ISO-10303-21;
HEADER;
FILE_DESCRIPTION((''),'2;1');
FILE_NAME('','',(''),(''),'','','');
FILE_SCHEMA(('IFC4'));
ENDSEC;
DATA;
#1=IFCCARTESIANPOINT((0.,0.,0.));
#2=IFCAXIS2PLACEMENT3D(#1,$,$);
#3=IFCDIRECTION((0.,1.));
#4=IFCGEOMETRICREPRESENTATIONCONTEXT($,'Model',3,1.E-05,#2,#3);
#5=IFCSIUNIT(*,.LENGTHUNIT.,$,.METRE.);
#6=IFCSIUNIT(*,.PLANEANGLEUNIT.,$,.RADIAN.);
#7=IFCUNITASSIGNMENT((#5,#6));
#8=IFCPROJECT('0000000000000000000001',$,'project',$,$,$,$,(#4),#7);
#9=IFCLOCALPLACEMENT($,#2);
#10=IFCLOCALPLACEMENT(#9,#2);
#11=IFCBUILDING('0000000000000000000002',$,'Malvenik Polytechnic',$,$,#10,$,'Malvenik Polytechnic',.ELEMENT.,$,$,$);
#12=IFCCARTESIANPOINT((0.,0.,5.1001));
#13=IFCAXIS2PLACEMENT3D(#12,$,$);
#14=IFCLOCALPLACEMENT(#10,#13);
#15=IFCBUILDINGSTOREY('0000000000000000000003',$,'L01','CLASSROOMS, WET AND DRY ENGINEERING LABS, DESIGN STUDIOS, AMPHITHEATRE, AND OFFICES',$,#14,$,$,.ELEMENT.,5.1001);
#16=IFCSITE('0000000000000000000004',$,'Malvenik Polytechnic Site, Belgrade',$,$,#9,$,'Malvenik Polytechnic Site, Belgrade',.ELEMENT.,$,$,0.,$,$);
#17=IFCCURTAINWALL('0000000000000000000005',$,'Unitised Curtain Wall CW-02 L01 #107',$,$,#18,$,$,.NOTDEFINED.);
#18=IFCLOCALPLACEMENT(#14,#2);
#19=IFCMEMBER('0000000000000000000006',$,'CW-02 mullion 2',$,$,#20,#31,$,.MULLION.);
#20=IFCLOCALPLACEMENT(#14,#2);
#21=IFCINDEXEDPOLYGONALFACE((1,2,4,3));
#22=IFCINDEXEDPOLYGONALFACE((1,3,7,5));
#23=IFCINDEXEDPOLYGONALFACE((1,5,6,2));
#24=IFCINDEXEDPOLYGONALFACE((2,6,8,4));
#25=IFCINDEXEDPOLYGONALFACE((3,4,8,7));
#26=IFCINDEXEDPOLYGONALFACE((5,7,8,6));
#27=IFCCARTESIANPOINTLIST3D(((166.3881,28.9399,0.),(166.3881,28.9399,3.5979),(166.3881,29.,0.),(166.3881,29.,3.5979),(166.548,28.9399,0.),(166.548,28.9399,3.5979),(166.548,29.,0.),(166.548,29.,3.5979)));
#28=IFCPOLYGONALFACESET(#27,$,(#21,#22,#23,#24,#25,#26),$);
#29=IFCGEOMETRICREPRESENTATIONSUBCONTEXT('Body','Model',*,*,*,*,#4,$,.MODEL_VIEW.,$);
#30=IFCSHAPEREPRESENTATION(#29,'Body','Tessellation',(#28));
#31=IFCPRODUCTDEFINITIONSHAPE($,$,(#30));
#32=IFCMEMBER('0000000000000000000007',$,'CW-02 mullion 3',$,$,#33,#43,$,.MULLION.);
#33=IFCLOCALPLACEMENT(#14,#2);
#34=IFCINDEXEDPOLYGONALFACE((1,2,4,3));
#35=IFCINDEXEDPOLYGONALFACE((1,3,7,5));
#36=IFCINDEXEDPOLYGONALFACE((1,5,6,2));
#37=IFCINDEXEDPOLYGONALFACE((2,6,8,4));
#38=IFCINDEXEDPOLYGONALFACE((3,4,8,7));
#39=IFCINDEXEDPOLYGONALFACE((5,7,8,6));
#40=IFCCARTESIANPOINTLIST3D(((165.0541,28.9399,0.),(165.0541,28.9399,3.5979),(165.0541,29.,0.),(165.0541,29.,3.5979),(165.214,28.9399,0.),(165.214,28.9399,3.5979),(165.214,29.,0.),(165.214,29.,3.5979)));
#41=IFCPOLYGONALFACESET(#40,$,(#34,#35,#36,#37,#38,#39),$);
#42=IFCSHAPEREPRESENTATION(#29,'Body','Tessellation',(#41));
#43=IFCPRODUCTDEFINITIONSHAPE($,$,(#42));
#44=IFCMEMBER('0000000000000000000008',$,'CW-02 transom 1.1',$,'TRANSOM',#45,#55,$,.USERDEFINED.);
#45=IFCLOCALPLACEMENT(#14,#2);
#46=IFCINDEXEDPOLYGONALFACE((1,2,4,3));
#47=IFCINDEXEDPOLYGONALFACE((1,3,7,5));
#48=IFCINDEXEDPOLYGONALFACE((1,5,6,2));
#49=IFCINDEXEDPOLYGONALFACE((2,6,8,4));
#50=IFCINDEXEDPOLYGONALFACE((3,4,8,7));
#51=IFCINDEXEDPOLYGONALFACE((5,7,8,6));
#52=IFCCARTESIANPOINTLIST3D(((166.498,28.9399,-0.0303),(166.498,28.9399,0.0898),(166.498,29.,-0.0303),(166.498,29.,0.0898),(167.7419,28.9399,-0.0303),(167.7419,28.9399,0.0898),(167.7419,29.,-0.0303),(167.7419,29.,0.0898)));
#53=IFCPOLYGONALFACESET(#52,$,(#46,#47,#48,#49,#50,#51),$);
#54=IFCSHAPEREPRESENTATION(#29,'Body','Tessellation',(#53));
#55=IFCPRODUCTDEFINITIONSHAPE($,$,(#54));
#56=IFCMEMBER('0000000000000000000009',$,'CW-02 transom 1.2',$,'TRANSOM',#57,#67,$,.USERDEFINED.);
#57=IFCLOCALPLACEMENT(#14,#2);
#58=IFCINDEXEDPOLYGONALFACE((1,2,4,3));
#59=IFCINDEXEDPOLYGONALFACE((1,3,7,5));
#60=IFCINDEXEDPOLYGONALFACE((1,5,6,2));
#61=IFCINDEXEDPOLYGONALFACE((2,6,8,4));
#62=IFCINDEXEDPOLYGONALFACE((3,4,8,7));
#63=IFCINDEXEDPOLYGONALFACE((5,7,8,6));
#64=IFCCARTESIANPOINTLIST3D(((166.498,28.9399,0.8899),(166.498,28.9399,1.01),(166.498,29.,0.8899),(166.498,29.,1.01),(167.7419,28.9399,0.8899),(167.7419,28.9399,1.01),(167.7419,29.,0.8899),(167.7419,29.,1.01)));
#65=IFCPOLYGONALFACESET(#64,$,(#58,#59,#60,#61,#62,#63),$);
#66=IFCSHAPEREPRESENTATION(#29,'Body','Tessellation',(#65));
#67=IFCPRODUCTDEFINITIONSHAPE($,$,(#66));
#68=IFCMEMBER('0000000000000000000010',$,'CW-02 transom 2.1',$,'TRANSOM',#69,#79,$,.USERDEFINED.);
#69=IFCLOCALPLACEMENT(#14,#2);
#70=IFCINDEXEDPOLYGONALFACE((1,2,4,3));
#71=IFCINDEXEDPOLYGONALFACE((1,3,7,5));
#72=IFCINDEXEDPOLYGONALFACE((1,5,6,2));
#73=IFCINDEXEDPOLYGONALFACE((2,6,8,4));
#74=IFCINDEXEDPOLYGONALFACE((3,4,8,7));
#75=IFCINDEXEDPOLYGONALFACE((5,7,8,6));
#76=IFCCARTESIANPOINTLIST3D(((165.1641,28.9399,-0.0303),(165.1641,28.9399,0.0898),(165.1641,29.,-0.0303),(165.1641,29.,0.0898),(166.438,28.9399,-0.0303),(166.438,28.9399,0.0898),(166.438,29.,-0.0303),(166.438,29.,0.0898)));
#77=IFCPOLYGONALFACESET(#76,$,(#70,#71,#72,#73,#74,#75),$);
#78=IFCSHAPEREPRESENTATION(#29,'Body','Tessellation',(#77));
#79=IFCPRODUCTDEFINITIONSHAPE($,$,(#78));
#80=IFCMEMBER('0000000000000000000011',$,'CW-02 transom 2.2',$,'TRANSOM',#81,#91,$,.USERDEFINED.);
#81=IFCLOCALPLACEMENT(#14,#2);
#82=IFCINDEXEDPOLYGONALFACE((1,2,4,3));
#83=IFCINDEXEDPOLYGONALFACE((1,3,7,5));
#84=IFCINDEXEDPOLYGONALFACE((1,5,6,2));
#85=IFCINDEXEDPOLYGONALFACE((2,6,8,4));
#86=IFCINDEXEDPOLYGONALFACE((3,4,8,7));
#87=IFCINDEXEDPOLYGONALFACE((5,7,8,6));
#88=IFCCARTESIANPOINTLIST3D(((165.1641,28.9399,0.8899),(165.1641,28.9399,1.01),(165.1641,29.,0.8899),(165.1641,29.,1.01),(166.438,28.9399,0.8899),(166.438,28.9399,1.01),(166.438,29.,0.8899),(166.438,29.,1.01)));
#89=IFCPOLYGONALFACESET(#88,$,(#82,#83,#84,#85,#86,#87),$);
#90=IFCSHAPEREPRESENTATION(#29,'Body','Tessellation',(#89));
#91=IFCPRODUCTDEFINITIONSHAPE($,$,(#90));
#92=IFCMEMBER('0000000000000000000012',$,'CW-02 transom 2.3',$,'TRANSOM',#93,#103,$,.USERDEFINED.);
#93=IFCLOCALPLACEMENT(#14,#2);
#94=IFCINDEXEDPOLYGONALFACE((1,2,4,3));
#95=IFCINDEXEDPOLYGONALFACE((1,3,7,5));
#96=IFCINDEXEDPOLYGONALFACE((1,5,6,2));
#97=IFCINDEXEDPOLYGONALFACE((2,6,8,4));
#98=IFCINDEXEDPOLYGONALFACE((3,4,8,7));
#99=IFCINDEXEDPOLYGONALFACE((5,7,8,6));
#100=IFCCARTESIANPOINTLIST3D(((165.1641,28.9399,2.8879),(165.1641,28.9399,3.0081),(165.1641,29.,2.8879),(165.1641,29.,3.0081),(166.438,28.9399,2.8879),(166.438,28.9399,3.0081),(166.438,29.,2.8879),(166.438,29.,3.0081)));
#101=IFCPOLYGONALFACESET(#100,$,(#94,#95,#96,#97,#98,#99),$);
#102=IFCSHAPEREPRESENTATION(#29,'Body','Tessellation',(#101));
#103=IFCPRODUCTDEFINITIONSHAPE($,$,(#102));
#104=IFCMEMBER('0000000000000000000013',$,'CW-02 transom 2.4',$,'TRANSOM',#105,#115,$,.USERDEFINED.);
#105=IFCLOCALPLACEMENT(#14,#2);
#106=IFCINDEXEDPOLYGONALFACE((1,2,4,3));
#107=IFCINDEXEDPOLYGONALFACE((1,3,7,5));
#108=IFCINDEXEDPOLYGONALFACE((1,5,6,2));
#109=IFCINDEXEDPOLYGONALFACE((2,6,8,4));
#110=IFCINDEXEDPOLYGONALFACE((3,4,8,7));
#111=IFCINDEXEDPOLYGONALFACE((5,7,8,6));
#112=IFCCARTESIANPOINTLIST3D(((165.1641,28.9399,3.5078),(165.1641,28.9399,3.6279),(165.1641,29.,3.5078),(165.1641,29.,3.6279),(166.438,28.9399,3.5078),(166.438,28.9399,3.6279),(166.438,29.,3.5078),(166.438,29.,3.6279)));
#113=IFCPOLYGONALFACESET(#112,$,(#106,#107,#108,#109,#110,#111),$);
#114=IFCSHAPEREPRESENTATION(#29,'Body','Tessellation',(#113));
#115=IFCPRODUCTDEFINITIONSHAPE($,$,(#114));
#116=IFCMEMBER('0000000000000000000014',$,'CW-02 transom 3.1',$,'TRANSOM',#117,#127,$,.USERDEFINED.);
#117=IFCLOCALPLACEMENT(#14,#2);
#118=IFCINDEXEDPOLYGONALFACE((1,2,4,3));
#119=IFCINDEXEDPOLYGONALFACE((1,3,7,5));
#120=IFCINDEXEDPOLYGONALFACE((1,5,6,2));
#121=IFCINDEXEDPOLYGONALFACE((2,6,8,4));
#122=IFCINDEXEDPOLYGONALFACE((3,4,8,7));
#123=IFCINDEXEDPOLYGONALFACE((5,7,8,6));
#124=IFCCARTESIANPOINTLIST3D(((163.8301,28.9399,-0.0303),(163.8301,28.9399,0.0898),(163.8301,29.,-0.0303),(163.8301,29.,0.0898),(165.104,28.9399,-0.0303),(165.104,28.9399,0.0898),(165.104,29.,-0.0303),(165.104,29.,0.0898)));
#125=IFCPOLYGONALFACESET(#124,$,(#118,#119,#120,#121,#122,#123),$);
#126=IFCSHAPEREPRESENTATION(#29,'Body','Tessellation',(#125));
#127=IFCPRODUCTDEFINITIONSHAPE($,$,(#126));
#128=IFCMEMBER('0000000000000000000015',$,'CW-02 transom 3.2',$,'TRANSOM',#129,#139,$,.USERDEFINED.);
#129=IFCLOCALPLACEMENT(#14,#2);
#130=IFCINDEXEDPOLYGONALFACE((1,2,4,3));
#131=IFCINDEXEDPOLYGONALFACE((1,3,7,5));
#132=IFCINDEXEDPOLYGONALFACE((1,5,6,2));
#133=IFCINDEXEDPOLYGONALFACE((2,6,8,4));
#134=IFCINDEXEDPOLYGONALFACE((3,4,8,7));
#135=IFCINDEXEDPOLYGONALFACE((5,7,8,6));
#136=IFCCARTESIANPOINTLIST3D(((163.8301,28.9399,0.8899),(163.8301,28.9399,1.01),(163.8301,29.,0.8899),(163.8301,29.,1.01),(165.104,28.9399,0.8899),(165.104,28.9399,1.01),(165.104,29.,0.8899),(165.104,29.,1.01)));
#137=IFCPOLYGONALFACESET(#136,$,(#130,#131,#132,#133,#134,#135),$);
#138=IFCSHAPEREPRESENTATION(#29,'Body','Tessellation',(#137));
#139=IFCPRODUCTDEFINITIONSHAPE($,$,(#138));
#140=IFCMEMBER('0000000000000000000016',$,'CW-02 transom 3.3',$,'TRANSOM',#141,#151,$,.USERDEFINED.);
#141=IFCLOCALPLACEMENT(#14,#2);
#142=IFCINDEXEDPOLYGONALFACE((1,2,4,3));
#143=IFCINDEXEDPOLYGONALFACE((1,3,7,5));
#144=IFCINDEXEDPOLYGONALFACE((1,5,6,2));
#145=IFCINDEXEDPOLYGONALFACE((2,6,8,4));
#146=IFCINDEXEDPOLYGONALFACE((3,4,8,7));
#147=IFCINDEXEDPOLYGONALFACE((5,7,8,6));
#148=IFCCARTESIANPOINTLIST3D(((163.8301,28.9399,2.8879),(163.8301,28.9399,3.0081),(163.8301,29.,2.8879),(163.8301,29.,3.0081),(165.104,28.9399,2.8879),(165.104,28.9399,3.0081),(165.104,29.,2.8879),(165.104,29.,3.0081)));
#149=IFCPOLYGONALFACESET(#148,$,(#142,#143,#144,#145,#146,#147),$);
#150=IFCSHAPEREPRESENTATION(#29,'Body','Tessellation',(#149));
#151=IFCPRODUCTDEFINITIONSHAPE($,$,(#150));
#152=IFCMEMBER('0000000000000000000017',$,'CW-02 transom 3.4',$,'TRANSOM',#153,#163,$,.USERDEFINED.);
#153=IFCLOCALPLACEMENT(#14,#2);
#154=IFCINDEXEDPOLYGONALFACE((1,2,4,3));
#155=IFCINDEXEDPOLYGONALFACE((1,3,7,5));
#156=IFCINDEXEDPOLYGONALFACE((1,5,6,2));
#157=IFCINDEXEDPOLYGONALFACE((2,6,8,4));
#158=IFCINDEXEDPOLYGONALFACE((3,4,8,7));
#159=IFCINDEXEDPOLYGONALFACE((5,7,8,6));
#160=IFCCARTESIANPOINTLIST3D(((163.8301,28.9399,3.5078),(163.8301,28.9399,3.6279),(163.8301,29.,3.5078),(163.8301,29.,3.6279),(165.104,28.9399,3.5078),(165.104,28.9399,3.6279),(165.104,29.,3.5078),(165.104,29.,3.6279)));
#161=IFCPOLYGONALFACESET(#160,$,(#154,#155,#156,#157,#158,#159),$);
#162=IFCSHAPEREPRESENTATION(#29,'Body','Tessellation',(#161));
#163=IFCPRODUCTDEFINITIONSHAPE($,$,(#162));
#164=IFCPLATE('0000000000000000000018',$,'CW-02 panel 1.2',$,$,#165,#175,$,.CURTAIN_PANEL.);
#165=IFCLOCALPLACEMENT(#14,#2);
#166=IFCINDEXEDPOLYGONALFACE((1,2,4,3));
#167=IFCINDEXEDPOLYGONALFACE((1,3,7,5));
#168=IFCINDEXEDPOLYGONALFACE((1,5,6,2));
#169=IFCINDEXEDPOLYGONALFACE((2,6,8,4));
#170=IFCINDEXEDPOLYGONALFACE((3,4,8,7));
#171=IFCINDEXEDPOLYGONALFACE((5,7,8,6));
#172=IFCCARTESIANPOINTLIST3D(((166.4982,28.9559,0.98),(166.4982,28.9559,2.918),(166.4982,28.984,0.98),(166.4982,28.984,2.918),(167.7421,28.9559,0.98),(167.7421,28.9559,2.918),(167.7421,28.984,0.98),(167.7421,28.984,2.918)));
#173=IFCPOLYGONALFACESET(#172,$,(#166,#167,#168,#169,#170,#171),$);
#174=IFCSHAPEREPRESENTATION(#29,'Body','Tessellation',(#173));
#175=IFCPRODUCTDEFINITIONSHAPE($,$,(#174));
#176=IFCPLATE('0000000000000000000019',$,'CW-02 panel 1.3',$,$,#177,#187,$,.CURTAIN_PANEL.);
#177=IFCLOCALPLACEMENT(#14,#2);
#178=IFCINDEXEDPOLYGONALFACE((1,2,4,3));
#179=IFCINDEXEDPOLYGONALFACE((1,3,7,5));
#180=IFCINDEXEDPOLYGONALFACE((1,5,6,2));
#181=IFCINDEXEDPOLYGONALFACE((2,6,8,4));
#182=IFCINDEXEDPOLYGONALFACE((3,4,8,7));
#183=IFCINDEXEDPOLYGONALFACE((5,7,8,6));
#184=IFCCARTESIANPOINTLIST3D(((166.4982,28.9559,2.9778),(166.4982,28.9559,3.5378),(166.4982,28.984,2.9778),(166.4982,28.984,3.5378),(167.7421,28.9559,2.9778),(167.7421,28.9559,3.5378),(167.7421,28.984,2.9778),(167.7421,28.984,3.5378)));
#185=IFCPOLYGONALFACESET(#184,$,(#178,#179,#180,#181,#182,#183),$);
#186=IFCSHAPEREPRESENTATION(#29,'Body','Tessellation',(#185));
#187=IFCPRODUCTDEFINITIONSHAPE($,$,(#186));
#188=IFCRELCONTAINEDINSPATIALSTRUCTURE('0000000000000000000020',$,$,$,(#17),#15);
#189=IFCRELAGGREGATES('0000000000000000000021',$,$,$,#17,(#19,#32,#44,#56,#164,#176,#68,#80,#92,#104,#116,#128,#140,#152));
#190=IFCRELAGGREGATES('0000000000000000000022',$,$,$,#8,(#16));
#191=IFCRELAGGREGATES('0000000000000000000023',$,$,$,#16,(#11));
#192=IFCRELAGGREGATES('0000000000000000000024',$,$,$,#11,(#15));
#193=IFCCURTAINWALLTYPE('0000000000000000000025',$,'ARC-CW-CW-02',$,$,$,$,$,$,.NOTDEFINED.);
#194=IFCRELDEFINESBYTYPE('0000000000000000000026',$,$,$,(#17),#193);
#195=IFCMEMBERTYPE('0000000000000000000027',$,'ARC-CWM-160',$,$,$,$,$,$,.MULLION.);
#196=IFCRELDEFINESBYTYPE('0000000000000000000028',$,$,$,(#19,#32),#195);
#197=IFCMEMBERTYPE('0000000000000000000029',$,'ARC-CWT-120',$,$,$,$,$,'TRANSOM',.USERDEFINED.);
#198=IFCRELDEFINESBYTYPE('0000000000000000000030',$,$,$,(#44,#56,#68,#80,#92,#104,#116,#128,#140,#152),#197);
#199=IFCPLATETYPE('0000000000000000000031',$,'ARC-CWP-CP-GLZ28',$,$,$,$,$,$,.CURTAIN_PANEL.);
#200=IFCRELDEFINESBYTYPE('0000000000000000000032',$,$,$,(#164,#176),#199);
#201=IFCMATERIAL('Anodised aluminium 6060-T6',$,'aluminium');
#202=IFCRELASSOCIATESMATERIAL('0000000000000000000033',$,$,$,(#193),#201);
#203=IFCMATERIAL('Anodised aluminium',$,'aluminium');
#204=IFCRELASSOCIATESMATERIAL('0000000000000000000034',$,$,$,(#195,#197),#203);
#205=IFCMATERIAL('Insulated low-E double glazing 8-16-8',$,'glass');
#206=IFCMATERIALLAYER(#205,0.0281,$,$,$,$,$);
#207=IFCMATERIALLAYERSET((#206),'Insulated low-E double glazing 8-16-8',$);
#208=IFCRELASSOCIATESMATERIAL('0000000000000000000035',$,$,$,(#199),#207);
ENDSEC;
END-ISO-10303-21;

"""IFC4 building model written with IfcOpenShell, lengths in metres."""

from ifc_helpers import new_model, si_unit, direction, frame, origin, origin_2d, place, context, subcontext, project, spatial, rectangle, extrude, material, layer, layer_set, material_profile, profile_set, type_object, element, aggregate, save


model = new_model("IFC4")

# Units and contexts
model_context = context("Model", 3, precision=1e-05, world=origin(), true_north=direction((0.0, 1.0)))
body_context = subcontext(model_context, "Body", "Model", "MODEL_VIEW")
ifc_project = project(units=[si_unit("LENGTHUNIT", "METRE"), si_unit("PLANEANGLEUNIT", "RADIAN")], contexts=[model_context])

# Site, building, storey
site_placement = place(None, origin())
site = spatial("IfcSite", under=ifc_project, at=site_placement, Name="Malvenik Polytechnic Site, Belgrade", LongName="Malvenik Polytechnic Site, Belgrade", CompositionType="ELEMENT", RefElevation=0.0)
building_placement = place(site_placement, origin())
building = spatial("IfcBuilding", under=site, at=building_placement, Name="Malvenik Polytechnic", LongName="Malvenik Polytechnic", CompositionType="ELEMENT")
storey_placement = place(building_placement, frame((0.0, 0.0, 5.1001)))
storey = spatial("IfcBuildingStorey", under=building, at=storey_placement, Name="L01", Description="CLASSROOMS, WET AND DRY ENGINEERING LABS, DESIGN STUDIOS, AMPHITHEATRE, AND OFFICES", CompositionType="ELEMENT", Elevation=5.1001)

# Curtain wall, members, plates
ifc_material_1 = material(Name="Anodised aluminium 6060-T6", Category="aluminium")
curtain_wall_type = type_object("IfcCurtainWallType", Name="ARC-CW-CW-02", PredefinedType="NOTDEFINED", material=ifc_material_1)
curtain_wall_placement = place(storey_placement, origin())
curtain_wall = element("IfcCurtainWall", 1, at=curtain_wall_placement, inside=storey, type_object=curtain_wall_type, Name="Unitised Curtain Wall CW-02 L01 #107", PredefinedType="NOTDEFINED")
ifc_material_2 = material(Name="Anodised aluminium", Category="aluminium")
ifc_material_profile_1 = material_profile(ifc_material_2, rectangle(XDim=0.0601, YDim=0.1599, at=origin_2d()), Name="ALU MULLION 60x160")
ifc_profile_set_1 = profile_set([ifc_material_profile_1], Name="Anodised aluminium")
member_type_1 = type_object("IfcMemberType", Name="ARC-CWM-160", PredefinedType="MULLION", material=ifc_profile_set_1)
member_1_placement = place(storey_placement, frame((166.468, 28.97, 0.0), z_axis=(0.0, 0.0, 1.0), x_axis=(0.0, -1.0, 0.0)))
member_1 = element("IfcMember", 2, at=member_1_placement, type_object=member_type_1, Name="CW-02 mullion 2", PredefinedType="MULLION", context=body_context, shape_type="SweptSolid", body=[
    extrude(rectangle(XDim=0.0601, YDim=0.1599, at=origin_2d()), origin(), (0.0, 0.0, 1.0), 3.5979),
])
member_2_placement = place(storey_placement, frame((165.134, 28.97, 0.0), z_axis=(0.0, 0.0, 1.0), x_axis=(0.0, -1.0, 0.0)))
member_2 = element("IfcMember", 3, at=member_2_placement, type_object=member_type_1, Name="CW-02 mullion 3", PredefinedType="MULLION", context=body_context, shape_type="SweptSolid", body=[
    extrude(rectangle(XDim=0.0601, YDim=0.1599, at=origin_2d()), origin(), (0.0, 0.0, 1.0), 3.5979),
])
ifc_material_profile_2 = material_profile(ifc_material_2, rectangle(XDim=0.0601, YDim=0.1201, at=origin_2d()), Name="ALU TRANSOM 60x120")
ifc_profile_set_2 = profile_set([ifc_material_profile_2], Name="Anodised aluminium")
member_type_2 = type_object("IfcMemberType", Name="ARC-CWT-120", ElementType="TRANSOM", PredefinedType="USERDEFINED", material=ifc_profile_set_2)
member_3_placement = place(storey_placement, frame((167.7419, 28.97, 0.0298), z_axis=(-1.0, 0.0, 0.0), x_axis=(0.0, -1.0, 0.0)))
member_3 = element("IfcMember", 4, at=member_3_placement, type_object=member_type_2, Name="CW-02 transom 1.1", ObjectType="TRANSOM", PredefinedType="USERDEFINED", context=body_context, shape_type="SweptSolid", body=[
    extrude(rectangle(XDim=0.0601, YDim=0.1201, at=origin_2d()), origin(), (0.0, 0.0, 1.0), 1.2439),
])
member_4_placement = place(storey_placement, frame((167.7419, 28.97, 0.95), z_axis=(-1.0, 0.0, 0.0), x_axis=(0.0, -1.0, 0.0)))
member_4 = element("IfcMember", 5, at=member_4_placement, type_object=member_type_2, Name="CW-02 transom 1.2", ObjectType="TRANSOM", PredefinedType="USERDEFINED", context=body_context, shape_type="SweptSolid", body=[
    extrude(rectangle(XDim=0.0601, YDim=0.1201, at=origin_2d()), origin(), (0.0, 0.0, 1.0), 1.2439),
])
member_5_placement = place(storey_placement, frame((166.438, 28.97, 0.0298), z_axis=(-1.0, 0.0, 0.0), x_axis=(0.0, -1.0, 0.0)))
member_5 = element("IfcMember", 6, at=member_5_placement, type_object=member_type_2, Name="CW-02 transom 2.1", ObjectType="TRANSOM", PredefinedType="USERDEFINED", context=body_context, shape_type="SweptSolid", body=[
    extrude(rectangle(XDim=0.0601, YDim=0.1201, at=origin_2d()), origin(), (0.0, 0.0, 1.0), 1.2739),
])
member_6_placement = place(storey_placement, frame((166.438, 28.97, 0.95), z_axis=(-1.0, 0.0, 0.0), x_axis=(0.0, -1.0, 0.0)))
member_6 = element("IfcMember", 7, at=member_6_placement, type_object=member_type_2, Name="CW-02 transom 2.2", ObjectType="TRANSOM", PredefinedType="USERDEFINED", context=body_context, shape_type="SweptSolid", body=[
    extrude(rectangle(XDim=0.0601, YDim=0.1201, at=origin_2d()), origin(), (0.0, 0.0, 1.0), 1.2739),
])
member_7_placement = place(storey_placement, frame((166.438, 28.97, 2.948), z_axis=(-1.0, 0.0, 0.0), x_axis=(0.0, -1.0, 0.0)))
member_7 = element("IfcMember", 8, at=member_7_placement, type_object=member_type_2, Name="CW-02 transom 2.3", ObjectType="TRANSOM", PredefinedType="USERDEFINED", context=body_context, shape_type="SweptSolid", body=[
    extrude(rectangle(XDim=0.0601, YDim=0.1201, at=origin_2d()), origin(), (0.0, 0.0, 1.0), 1.2739),
])
member_8_placement = place(storey_placement, frame((166.438, 28.97, 3.5679), z_axis=(-1.0, 0.0, 0.0), x_axis=(0.0, -1.0, 0.0)))
member_8 = element("IfcMember", 9, at=member_8_placement, type_object=member_type_2, Name="CW-02 transom 2.4", ObjectType="TRANSOM", PredefinedType="USERDEFINED", context=body_context, shape_type="SweptSolid", body=[
    extrude(rectangle(XDim=0.0601, YDim=0.1201, at=origin_2d()), origin(), (0.0, 0.0, 1.0), 1.2739),
])
member_9_placement = place(storey_placement, frame((165.104, 28.97, 0.0298), z_axis=(-1.0, 0.0, 0.0), x_axis=(0.0, -1.0, 0.0)))
member_9 = element("IfcMember", 10, at=member_9_placement, type_object=member_type_2, Name="CW-02 transom 3.1", ObjectType="TRANSOM", PredefinedType="USERDEFINED", context=body_context, shape_type="SweptSolid", body=[
    extrude(rectangle(XDim=0.0601, YDim=0.1201, at=origin_2d()), origin(), (0.0, 0.0, 1.0), 1.2739),
])
member_10_placement = place(storey_placement, frame((165.104, 28.97, 0.95), z_axis=(-1.0, 0.0, 0.0), x_axis=(0.0, -1.0, 0.0)))
member_10 = element("IfcMember", 11, at=member_10_placement, type_object=member_type_2, Name="CW-02 transom 3.2", ObjectType="TRANSOM", PredefinedType="USERDEFINED", context=body_context, shape_type="SweptSolid", body=[
    extrude(rectangle(XDim=0.0601, YDim=0.1201, at=origin_2d()), origin(), (0.0, 0.0, 1.0), 1.2739),
])
member_11_placement = place(storey_placement, frame((165.104, 28.97, 2.948), z_axis=(-1.0, 0.0, 0.0), x_axis=(0.0, -1.0, 0.0)))
member_11 = element("IfcMember", 12, at=member_11_placement, type_object=member_type_2, Name="CW-02 transom 3.3", ObjectType="TRANSOM", PredefinedType="USERDEFINED", context=body_context, shape_type="SweptSolid", body=[
    extrude(rectangle(XDim=0.0601, YDim=0.1201, at=origin_2d()), origin(), (0.0, 0.0, 1.0), 1.2739),
])
member_12_placement = place(storey_placement, frame((165.104, 28.97, 3.5679), z_axis=(-1.0, 0.0, 0.0), x_axis=(0.0, -1.0, 0.0)))
member_12 = element("IfcMember", 13, at=member_12_placement, type_object=member_type_2, Name="CW-02 transom 3.4", ObjectType="TRANSOM", PredefinedType="USERDEFINED", context=body_context, shape_type="SweptSolid", body=[
    extrude(rectangle(XDim=0.0601, YDim=0.1201, at=origin_2d()), origin(), (0.0, 0.0, 1.0), 1.2739),
])
ifc_material_3 = material(Name="Insulated low-E double glazing 8-16-8", Category="glass")
ifc_layer_1 = layer(ifc_material_3, 0.0281)
ifc_layer_set_1 = layer_set([ifc_layer_1], Name="Insulated low-E double glazing 8-16-8")
plate_type_1 = type_object("IfcPlateType", Name="ARC-CWP-CP-GLZ28", PredefinedType="CURTAIN_PANEL", material=ifc_layer_set_1)
plate_1_placement = place(storey_placement, frame((167.1201, 28.97, 0.98), z_axis=(0.0, 0.0, 1.0), x_axis=(-1.0, 0.0, 0.0)))
plate_1 = element("IfcPlate", 14, at=plate_1_placement, type_object=plate_type_1, Name="CW-02 panel 1.2", PredefinedType="CURTAIN_PANEL", context=body_context, shape_type="SweptSolid", body=[
    extrude(rectangle(XDim=1.2439, YDim=0.0281, at=origin_2d()), origin(), (0.0, 0.0, 1.0), 1.938),
])
plate_2_placement = place(storey_placement, frame((167.1201, 28.97, 2.9778), z_axis=(0.0, 0.0, 1.0), x_axis=(-1.0, 0.0, 0.0)))
plate_2 = element("IfcPlate", 15, at=plate_2_placement, type_object=plate_type_1, Name="CW-02 panel 1.3", PredefinedType="CURTAIN_PANEL", context=body_context, shape_type="SweptSolid", body=[
    extrude(rectangle(XDim=1.2439, YDim=0.0281, at=origin_2d()), origin(), (0.0, 0.0, 1.0), 0.5601),
])
aggregate(curtain_wall, [member_1, member_2, member_3, member_4, plate_1, plate_2, member_5, member_6, member_7, member_8, member_9, member_10, member_11, member_12])

save(model, "model.ifc")
